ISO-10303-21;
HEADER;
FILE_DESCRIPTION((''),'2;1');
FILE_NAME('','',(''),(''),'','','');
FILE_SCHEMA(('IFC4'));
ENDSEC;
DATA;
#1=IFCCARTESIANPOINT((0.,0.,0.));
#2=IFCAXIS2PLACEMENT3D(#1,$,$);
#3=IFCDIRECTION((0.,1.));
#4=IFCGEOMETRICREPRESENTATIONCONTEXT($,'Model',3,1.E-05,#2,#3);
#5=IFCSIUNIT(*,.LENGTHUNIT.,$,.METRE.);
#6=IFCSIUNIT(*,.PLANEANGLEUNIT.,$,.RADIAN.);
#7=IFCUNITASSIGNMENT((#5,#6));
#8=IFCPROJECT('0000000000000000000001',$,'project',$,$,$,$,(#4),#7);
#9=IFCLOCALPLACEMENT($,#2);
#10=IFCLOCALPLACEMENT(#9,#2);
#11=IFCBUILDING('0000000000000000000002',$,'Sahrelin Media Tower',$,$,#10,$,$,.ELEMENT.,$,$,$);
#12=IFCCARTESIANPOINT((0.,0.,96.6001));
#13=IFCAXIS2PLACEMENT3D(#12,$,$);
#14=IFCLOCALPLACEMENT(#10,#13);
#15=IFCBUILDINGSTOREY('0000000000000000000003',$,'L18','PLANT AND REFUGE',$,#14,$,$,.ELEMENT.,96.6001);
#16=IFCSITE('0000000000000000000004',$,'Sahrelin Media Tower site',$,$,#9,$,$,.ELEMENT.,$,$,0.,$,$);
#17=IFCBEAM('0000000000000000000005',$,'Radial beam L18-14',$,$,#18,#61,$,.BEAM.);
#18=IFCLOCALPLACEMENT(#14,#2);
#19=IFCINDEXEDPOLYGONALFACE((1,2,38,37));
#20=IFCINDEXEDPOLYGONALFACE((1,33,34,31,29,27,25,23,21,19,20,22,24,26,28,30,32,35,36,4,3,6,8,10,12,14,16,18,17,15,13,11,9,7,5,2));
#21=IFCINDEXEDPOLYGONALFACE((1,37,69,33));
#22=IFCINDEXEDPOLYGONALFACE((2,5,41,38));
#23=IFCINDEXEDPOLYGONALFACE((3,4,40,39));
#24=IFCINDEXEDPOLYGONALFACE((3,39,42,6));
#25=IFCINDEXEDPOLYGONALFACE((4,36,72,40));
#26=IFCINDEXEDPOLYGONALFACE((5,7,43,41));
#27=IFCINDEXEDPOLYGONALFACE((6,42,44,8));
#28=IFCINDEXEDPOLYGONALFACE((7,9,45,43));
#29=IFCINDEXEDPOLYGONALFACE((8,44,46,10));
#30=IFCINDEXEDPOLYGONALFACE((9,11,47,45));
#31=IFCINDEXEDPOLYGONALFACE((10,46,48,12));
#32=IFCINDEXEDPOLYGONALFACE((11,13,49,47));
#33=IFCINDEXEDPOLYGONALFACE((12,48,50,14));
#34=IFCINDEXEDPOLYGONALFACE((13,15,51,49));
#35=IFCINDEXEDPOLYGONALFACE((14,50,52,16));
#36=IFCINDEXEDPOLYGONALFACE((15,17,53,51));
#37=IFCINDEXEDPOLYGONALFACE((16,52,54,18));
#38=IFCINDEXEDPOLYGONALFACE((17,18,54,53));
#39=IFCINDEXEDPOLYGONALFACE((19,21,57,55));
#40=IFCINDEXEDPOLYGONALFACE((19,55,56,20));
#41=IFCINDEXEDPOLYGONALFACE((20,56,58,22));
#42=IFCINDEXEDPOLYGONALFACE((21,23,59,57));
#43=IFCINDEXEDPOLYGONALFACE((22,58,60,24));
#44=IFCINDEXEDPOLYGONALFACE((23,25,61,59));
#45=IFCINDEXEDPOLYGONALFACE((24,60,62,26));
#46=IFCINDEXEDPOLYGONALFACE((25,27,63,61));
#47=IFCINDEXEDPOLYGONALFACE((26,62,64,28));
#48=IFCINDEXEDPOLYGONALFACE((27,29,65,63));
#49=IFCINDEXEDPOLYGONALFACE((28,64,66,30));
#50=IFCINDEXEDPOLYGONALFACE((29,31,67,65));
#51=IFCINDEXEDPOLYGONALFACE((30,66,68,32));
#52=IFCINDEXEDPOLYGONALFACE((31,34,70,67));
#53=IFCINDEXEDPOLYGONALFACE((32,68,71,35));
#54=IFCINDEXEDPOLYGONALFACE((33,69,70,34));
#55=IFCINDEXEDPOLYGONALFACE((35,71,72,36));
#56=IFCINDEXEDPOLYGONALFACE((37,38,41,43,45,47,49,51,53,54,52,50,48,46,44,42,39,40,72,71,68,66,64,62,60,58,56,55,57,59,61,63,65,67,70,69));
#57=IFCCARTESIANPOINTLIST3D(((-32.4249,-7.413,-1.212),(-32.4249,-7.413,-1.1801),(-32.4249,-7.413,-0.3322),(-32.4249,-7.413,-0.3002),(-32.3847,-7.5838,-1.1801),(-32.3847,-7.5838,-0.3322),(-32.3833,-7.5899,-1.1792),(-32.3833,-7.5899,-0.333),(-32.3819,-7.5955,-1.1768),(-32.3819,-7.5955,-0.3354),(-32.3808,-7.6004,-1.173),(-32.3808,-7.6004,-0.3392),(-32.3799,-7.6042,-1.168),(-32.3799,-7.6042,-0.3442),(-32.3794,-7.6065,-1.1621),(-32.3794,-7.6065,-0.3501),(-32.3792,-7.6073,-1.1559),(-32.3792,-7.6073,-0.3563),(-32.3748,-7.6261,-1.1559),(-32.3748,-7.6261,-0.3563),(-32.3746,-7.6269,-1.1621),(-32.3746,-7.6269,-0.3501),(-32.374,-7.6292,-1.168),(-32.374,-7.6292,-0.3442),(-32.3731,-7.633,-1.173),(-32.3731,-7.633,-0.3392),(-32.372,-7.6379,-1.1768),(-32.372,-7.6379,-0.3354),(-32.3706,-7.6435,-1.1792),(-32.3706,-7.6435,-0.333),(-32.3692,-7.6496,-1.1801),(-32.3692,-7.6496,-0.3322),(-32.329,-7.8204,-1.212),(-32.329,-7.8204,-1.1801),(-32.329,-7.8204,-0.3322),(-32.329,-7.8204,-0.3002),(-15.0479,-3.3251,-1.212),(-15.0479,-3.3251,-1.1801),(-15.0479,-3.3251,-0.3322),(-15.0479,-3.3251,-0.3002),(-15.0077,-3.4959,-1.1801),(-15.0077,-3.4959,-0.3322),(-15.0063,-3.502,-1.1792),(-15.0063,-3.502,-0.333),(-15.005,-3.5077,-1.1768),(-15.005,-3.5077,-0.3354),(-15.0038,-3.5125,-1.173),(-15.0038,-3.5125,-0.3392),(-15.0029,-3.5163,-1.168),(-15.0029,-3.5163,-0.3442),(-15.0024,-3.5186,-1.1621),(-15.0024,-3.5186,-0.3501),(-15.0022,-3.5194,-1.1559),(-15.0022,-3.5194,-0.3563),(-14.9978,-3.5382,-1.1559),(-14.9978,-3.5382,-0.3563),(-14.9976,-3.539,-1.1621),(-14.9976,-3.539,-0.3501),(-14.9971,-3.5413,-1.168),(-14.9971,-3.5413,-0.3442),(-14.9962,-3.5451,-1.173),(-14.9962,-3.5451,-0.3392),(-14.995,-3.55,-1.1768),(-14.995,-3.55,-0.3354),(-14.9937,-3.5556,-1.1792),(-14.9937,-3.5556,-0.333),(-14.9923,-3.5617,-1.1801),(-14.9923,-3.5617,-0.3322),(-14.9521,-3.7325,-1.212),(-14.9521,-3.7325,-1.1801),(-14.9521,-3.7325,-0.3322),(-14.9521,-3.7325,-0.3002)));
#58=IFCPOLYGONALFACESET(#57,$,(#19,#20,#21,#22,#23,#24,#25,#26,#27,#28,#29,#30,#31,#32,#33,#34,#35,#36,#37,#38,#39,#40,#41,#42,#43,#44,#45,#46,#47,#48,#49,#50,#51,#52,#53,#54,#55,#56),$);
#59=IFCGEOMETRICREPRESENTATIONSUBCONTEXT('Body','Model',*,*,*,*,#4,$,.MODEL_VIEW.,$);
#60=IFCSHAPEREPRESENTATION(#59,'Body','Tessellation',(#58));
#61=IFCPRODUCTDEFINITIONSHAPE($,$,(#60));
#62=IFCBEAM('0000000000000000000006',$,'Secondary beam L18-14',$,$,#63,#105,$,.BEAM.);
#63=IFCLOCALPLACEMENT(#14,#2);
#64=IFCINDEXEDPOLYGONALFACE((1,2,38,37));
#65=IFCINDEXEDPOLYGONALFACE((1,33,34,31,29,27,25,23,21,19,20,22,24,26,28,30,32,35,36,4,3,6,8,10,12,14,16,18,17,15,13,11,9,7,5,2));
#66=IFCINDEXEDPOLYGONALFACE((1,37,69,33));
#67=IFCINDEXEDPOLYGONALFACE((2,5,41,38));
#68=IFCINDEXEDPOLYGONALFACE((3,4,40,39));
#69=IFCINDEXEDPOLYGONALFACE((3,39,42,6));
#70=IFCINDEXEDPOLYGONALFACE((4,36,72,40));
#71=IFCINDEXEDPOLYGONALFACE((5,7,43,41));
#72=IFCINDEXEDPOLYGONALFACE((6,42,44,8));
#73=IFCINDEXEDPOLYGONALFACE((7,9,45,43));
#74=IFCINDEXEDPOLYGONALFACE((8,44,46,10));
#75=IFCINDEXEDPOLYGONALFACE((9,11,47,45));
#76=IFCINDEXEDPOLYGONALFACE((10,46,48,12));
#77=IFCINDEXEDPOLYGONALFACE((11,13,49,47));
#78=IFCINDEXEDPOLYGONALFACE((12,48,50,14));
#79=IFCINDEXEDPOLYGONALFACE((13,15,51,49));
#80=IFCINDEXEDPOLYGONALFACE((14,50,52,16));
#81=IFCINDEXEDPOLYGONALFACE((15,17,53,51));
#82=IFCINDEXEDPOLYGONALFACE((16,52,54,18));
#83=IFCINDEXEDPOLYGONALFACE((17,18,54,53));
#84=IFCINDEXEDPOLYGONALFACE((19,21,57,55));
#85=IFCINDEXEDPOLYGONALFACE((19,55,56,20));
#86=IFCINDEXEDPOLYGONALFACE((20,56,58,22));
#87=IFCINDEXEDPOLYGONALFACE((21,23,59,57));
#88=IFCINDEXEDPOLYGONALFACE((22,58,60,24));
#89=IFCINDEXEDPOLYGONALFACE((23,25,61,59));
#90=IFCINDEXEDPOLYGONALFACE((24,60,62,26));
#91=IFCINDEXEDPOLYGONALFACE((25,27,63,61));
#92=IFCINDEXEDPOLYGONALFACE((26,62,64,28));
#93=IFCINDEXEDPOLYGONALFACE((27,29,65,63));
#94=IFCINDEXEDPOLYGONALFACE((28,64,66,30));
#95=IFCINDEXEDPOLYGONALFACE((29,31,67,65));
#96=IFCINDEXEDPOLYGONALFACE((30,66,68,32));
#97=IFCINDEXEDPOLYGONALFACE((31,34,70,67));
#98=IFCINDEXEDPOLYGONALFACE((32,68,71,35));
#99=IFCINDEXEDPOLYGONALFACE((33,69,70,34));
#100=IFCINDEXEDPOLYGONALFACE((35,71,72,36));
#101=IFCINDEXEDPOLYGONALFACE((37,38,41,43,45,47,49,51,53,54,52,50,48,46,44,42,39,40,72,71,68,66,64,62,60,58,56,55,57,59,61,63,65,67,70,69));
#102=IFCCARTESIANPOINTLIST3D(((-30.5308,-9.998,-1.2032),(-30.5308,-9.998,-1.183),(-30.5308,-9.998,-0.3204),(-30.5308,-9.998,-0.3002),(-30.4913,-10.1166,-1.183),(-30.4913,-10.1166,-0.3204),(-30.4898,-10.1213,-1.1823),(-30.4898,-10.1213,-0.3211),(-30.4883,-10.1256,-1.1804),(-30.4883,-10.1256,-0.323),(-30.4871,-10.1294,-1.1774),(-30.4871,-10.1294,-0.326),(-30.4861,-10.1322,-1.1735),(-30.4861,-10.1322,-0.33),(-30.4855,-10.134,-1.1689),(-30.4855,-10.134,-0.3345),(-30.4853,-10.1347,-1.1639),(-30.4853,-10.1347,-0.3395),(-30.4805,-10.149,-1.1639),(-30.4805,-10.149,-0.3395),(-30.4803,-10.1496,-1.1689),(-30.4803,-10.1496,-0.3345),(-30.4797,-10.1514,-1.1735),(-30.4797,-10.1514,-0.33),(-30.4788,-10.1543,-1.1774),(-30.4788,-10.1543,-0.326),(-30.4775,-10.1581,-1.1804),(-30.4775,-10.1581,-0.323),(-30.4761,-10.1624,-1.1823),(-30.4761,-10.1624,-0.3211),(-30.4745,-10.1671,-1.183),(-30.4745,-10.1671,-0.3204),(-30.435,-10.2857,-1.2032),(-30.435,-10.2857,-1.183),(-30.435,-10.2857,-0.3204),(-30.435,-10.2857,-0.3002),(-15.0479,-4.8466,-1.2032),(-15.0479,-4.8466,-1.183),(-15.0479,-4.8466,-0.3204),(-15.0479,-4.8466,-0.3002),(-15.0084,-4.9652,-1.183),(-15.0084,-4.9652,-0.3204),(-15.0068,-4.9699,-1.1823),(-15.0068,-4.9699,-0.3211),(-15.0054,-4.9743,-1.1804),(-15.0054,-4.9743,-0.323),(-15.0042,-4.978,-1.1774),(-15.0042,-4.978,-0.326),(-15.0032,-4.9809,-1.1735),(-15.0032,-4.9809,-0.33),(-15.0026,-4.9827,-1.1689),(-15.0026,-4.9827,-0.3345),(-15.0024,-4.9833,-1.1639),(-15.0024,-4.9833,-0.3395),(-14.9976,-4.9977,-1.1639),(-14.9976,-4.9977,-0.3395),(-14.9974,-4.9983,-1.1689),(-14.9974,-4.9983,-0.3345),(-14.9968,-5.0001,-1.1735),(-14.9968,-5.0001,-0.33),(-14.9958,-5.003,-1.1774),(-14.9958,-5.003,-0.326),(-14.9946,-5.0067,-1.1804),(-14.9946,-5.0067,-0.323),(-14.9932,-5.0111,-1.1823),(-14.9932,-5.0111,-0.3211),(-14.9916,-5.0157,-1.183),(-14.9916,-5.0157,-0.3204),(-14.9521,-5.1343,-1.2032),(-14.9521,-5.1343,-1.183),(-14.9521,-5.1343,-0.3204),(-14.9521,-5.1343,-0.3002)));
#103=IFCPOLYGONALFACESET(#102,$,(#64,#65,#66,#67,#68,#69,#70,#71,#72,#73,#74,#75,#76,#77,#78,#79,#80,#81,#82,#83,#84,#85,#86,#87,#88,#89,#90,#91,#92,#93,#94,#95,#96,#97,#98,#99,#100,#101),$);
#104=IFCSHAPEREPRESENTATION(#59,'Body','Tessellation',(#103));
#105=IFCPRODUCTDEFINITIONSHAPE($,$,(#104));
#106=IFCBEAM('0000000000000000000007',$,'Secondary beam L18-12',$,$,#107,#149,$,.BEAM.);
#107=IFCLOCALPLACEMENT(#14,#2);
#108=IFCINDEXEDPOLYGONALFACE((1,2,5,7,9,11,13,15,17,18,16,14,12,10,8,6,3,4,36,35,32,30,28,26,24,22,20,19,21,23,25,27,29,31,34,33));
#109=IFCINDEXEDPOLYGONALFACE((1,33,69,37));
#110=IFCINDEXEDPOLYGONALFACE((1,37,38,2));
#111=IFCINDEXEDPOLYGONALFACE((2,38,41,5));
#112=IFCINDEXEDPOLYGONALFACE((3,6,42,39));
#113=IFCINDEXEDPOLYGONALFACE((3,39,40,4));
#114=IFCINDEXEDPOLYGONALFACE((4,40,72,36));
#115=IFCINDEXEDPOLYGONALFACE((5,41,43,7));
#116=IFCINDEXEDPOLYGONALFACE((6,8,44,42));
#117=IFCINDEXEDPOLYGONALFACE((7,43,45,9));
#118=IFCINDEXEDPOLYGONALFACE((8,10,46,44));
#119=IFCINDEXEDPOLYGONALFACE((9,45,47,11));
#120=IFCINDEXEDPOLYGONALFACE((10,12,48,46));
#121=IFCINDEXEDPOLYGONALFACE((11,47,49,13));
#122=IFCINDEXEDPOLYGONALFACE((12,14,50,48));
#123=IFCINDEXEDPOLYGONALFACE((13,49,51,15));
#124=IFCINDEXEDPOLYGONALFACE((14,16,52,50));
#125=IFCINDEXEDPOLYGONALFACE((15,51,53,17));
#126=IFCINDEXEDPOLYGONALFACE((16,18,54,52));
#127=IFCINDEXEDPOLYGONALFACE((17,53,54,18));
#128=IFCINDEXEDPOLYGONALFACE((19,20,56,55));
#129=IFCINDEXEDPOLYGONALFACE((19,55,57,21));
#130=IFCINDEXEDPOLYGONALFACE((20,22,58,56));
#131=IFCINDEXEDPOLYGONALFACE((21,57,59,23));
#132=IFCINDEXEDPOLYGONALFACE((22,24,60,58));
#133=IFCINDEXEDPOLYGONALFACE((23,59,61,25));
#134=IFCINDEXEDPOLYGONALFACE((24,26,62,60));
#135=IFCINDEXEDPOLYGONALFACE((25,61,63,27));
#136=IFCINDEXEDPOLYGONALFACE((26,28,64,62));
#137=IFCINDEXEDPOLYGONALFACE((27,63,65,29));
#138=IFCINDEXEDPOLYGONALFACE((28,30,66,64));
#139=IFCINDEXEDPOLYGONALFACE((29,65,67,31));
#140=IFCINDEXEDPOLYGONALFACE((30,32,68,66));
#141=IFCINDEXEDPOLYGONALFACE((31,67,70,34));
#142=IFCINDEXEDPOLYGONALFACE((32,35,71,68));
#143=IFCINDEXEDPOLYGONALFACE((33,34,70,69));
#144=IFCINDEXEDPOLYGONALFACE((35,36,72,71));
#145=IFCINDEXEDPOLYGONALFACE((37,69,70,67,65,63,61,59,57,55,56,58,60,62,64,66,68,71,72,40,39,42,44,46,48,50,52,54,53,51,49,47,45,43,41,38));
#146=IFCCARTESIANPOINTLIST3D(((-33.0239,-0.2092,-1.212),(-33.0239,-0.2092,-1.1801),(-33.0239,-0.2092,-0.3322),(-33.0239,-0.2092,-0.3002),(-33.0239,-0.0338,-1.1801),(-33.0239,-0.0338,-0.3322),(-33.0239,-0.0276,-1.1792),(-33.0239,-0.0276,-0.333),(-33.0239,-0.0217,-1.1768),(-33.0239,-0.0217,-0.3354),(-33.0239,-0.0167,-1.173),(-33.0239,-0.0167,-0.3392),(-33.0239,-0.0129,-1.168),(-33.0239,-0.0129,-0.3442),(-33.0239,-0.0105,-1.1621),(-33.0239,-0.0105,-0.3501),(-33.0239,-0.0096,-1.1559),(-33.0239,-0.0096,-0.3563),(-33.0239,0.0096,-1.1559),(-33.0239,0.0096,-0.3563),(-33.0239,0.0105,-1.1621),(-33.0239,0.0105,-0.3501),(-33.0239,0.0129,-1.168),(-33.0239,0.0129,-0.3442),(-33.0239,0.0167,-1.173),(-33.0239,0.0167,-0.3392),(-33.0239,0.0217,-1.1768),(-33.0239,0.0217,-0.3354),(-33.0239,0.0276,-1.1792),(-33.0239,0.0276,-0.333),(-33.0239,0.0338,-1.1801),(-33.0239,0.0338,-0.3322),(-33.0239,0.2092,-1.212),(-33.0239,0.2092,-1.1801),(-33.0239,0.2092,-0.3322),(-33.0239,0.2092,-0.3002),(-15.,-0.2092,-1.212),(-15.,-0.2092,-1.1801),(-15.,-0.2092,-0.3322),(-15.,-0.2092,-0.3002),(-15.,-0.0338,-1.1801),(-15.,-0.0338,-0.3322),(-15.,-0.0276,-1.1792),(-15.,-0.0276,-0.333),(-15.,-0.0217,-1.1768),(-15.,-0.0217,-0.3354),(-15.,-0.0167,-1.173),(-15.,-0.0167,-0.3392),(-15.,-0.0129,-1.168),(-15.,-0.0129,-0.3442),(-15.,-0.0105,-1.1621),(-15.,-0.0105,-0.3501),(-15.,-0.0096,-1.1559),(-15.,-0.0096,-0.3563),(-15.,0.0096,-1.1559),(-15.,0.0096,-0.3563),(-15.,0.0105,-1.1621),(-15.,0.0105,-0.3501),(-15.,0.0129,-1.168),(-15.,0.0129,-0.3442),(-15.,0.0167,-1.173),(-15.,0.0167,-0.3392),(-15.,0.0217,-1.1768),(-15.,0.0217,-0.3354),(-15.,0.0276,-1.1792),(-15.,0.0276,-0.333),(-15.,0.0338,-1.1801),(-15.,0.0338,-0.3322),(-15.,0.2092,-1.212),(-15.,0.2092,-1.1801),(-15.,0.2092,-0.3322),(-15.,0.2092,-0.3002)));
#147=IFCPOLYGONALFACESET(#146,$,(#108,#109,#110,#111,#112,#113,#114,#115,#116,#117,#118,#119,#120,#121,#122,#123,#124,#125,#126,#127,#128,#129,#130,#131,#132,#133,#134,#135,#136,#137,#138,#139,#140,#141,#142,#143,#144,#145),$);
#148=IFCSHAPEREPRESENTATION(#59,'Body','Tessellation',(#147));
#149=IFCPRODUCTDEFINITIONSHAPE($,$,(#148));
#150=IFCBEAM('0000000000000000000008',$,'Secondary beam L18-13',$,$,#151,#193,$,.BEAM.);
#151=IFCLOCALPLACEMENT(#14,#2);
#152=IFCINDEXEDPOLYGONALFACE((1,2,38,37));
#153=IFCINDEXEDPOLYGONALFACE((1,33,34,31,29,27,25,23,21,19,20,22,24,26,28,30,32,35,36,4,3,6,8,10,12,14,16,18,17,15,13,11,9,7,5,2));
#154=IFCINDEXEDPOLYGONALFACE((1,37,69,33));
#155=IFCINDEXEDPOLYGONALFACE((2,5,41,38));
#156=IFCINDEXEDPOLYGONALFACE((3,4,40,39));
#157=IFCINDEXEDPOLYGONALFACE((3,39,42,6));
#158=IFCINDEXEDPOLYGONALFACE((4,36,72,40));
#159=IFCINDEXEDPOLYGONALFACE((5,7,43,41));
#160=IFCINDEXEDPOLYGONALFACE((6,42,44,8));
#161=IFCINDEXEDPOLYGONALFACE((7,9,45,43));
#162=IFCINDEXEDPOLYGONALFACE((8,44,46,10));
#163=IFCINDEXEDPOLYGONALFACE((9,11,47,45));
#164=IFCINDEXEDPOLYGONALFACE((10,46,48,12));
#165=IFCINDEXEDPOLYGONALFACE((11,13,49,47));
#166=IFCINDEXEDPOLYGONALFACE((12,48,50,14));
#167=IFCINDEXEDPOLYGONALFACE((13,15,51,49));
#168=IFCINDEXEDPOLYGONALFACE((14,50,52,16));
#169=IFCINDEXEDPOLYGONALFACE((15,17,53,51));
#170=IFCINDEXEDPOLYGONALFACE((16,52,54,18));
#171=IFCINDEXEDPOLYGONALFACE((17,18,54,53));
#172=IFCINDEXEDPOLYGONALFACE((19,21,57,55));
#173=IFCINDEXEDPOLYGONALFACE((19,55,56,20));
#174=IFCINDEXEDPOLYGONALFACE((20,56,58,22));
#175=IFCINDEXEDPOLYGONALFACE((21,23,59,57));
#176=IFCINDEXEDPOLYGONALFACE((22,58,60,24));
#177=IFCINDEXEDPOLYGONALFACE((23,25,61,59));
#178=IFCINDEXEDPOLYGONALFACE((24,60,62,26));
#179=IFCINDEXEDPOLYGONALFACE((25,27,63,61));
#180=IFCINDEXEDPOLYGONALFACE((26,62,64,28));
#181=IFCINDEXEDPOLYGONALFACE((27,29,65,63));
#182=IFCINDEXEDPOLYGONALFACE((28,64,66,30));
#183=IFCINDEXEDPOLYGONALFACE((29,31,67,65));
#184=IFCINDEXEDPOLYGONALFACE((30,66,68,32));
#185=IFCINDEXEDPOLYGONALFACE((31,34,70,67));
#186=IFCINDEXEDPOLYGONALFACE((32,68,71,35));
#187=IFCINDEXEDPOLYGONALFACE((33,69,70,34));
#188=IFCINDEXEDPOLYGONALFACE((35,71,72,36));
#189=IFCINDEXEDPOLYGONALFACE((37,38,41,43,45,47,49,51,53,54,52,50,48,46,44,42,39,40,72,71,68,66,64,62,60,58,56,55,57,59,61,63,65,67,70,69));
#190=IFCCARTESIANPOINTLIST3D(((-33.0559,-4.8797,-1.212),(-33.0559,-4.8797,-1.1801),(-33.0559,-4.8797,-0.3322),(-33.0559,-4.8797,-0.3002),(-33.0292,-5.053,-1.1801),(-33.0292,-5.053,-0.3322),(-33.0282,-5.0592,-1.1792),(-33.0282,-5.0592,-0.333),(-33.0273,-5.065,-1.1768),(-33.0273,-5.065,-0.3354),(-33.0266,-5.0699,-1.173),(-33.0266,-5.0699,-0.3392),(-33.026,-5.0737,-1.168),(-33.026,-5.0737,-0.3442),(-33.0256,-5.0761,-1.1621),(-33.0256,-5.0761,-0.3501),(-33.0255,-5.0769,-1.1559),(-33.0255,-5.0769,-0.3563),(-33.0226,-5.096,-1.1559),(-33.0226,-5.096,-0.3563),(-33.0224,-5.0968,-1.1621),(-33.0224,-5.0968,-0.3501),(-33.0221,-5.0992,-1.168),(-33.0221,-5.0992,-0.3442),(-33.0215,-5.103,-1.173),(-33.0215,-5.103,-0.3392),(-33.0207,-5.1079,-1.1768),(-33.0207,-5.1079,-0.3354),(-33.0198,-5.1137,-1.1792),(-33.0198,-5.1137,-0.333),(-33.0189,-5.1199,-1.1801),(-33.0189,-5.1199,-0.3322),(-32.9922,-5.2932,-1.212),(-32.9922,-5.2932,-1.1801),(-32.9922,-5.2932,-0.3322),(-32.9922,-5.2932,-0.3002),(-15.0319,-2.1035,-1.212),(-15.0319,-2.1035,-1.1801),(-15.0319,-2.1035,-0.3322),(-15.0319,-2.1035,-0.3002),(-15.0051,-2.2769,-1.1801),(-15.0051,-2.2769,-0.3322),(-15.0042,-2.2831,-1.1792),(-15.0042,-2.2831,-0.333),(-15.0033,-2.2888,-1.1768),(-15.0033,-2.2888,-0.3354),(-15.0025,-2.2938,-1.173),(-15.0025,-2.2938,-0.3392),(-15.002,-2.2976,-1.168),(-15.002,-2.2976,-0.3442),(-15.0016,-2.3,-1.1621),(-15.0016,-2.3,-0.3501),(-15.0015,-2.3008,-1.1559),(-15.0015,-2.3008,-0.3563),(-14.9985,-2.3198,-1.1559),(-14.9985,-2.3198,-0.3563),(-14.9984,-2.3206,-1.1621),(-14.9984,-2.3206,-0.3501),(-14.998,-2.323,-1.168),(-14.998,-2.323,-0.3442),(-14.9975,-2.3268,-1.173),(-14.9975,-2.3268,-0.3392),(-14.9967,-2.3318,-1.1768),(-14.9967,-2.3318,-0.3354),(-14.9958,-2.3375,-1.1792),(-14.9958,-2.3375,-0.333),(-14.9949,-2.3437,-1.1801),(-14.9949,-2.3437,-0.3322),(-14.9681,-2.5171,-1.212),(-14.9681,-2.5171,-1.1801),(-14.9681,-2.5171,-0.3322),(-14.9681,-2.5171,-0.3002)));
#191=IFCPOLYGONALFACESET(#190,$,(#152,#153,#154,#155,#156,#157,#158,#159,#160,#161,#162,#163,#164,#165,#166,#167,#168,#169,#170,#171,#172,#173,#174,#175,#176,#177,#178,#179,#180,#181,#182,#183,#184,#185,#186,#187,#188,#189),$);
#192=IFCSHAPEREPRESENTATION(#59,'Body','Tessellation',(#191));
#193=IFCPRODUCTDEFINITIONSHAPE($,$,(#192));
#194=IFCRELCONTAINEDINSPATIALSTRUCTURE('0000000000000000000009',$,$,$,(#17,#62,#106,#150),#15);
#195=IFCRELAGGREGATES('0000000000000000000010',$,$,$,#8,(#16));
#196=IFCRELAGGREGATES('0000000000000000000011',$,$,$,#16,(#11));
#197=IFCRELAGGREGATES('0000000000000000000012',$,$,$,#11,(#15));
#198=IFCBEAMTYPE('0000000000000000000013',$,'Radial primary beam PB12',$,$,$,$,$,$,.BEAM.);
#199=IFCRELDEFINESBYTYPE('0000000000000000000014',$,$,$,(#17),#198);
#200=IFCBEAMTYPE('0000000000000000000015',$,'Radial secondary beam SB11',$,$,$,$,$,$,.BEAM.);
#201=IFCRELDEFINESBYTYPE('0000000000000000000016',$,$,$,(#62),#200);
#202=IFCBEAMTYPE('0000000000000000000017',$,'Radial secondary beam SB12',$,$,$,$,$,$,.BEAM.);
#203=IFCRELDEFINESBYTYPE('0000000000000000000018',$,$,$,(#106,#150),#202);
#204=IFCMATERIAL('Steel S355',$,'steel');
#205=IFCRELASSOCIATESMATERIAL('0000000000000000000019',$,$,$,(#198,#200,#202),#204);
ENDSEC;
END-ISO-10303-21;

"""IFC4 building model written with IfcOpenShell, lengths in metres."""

from ifc_helpers import new_model, si_unit, direction, frame, origin, origin_2d, place, context, subcontext, project, spatial, i_section, extrude, material, material_profile, profile_set, type_object, element, save


model = new_model("IFC4")

# Units and contexts
model_context = context("Model", 3, precision=1e-05, world=origin(), true_north=direction((0.0, 1.0)))
body_context = subcontext(model_context, "Body", "Model", "MODEL_VIEW")
ifc_project = project(units=[si_unit("LENGTHUNIT", "METRE"), si_unit("PLANEANGLEUNIT", "RADIAN")], contexts=[model_context])

# Site, building, storey
site_placement = place(None, origin())
site = spatial("IfcSite", under=ifc_project, at=site_placement, Name="Sahrelin Media Tower site", CompositionType="ELEMENT", RefElevation=0.0)
building_placement = place(site_placement, origin())
building = spatial("IfcBuilding", under=site, at=building_placement, Name="Sahrelin Media Tower", CompositionType="ELEMENT")
storey_placement = place(building_placement, frame((0.0, 0.0, 96.6001)))
storey = spatial("IfcBuildingStorey", under=building, at=storey_placement, Name="L18", Description="PLANT AND REFUGE", CompositionType="ELEMENT", Elevation=96.6001)

# Beams
ifc_material_1 = material(Name="Steel S355", Category="steel")
ifc_material_profile_1 = material_profile(ifc_material_1, i_section(OverallWidth=0.4185, OverallDepth=0.9119, WebThickness=0.0193, FlangeThickness=0.032, FilletRadius=0.0242, at=origin_2d()), Name="UB 914x419x343")
ifc_profile_set_1 = profile_set([ifc_material_profile_1], Name="Steel S355")
beam_type_1 = type_object("IfcBeamType", Name="Radial primary beam PB12", PredefinedType="BEAM", material=ifc_profile_set_1)
beam_1_placement = place(storey_placement, frame((-15.0, -3.5288, -0.7561), z_axis=(-0.973427, -0.228997, 0.0), x_axis=(0.228997, -0.973427, 0.0)))
element("IfcBeam", 1, at=beam_1_placement, inside=storey, type_object=beam_type_1, Name="Radial beam L18-14", PredefinedType="BEAM", context=body_context, shape_type="SweptSolid", body=[
    extrude(i_section(OverallWidth=0.4185, OverallDepth=0.9119, WebThickness=0.0193, FlangeThickness=0.032, FilletRadius=0.0242, at=origin_2d()), origin(), (0.0, 0.0, 1.0), 17.8513),
])
ifc_material_profile_2 = material_profile(ifc_material_1, i_section(OverallWidth=0.3032, OverallDepth=0.9031, WebThickness=0.0151, FlangeThickness=0.0203, FilletRadius=0.019, at=origin_2d()), Name="UB 914x305x201")
ifc_profile_set_2 = profile_set([ifc_material_profile_2], Name="Steel S355")
beam_type_2 = type_object("IfcBeamType", Name="Radial secondary beam SB11", PredefinedType="BEAM", material=ifc_profile_set_2)
beam_2_placement = place(storey_placement, frame((-15.0, -4.9905, -0.7517), z_axis=(-0.94886, -0.315698, 0.0), x_axis=(0.315698, -0.94886, 0.0)))
element("IfcBeam", 2, at=beam_2_placement, inside=storey, type_object=beam_type_2, Name="Secondary beam L18-14", PredefinedType="BEAM", context=body_context, shape_type="SweptSolid", body=[
    extrude(i_section(OverallWidth=0.3032, OverallDepth=0.9031, WebThickness=0.0151, FlangeThickness=0.0203, FilletRadius=0.019, at=origin_2d()), origin(), (0.0, 0.0, 1.0), 16.3174),
])
ifc_material_profile_3 = material_profile(ifc_material_1, i_section(OverallWidth=0.4185, OverallDepth=0.9119, WebThickness=0.0193, FlangeThickness=0.032, FilletRadius=0.0242, at=origin_2d()), Name="UB 914x419x343")
ifc_profile_set_3 = profile_set([ifc_material_profile_3], Name="Steel S355")
beam_type_3 = type_object("IfcBeamType", Name="Radial secondary beam SB12", PredefinedType="BEAM", material=ifc_profile_set_3)
beam_3_placement = place(storey_placement, frame((-15.0, 0.0, -0.7561), z_axis=(-1.0, 0.0, 0.0), x_axis=(0.0, -1.0, 0.0)))
element("IfcBeam", 3, at=beam_3_placement, inside=storey, type_object=beam_type_3, Name="Secondary beam L18-12", PredefinedType="BEAM", context=body_context, shape_type="SweptSolid", body=[
    extrude(i_section(OverallWidth=0.4185, OverallDepth=0.9119, WebThickness=0.0193, FlangeThickness=0.032, FilletRadius=0.0242, at=origin_2d()), origin(), (0.0, 0.0, 1.0), 18.0239),
])
beam_4_placement = place(storey_placement, frame((-15.0, -2.3103, -0.7561), z_axis=(-0.988345, -0.152229, 0.0), x_axis=(0.152229, -0.988345, 0.0)))
element("IfcBeam", 4, at=beam_4_placement, inside=storey, type_object=beam_type_3, Name="Secondary beam L18-13", PredefinedType="BEAM", context=body_context, shape_type="SweptSolid", body=[
    extrude(i_section(OverallWidth=0.4185, OverallDepth=0.9119, WebThickness=0.0193, FlangeThickness=0.032, FilletRadius=0.0242, at=origin_2d()), origin(), (0.0, 0.0, 1.0), 18.2366),
])

save(model, "model.ifc")
